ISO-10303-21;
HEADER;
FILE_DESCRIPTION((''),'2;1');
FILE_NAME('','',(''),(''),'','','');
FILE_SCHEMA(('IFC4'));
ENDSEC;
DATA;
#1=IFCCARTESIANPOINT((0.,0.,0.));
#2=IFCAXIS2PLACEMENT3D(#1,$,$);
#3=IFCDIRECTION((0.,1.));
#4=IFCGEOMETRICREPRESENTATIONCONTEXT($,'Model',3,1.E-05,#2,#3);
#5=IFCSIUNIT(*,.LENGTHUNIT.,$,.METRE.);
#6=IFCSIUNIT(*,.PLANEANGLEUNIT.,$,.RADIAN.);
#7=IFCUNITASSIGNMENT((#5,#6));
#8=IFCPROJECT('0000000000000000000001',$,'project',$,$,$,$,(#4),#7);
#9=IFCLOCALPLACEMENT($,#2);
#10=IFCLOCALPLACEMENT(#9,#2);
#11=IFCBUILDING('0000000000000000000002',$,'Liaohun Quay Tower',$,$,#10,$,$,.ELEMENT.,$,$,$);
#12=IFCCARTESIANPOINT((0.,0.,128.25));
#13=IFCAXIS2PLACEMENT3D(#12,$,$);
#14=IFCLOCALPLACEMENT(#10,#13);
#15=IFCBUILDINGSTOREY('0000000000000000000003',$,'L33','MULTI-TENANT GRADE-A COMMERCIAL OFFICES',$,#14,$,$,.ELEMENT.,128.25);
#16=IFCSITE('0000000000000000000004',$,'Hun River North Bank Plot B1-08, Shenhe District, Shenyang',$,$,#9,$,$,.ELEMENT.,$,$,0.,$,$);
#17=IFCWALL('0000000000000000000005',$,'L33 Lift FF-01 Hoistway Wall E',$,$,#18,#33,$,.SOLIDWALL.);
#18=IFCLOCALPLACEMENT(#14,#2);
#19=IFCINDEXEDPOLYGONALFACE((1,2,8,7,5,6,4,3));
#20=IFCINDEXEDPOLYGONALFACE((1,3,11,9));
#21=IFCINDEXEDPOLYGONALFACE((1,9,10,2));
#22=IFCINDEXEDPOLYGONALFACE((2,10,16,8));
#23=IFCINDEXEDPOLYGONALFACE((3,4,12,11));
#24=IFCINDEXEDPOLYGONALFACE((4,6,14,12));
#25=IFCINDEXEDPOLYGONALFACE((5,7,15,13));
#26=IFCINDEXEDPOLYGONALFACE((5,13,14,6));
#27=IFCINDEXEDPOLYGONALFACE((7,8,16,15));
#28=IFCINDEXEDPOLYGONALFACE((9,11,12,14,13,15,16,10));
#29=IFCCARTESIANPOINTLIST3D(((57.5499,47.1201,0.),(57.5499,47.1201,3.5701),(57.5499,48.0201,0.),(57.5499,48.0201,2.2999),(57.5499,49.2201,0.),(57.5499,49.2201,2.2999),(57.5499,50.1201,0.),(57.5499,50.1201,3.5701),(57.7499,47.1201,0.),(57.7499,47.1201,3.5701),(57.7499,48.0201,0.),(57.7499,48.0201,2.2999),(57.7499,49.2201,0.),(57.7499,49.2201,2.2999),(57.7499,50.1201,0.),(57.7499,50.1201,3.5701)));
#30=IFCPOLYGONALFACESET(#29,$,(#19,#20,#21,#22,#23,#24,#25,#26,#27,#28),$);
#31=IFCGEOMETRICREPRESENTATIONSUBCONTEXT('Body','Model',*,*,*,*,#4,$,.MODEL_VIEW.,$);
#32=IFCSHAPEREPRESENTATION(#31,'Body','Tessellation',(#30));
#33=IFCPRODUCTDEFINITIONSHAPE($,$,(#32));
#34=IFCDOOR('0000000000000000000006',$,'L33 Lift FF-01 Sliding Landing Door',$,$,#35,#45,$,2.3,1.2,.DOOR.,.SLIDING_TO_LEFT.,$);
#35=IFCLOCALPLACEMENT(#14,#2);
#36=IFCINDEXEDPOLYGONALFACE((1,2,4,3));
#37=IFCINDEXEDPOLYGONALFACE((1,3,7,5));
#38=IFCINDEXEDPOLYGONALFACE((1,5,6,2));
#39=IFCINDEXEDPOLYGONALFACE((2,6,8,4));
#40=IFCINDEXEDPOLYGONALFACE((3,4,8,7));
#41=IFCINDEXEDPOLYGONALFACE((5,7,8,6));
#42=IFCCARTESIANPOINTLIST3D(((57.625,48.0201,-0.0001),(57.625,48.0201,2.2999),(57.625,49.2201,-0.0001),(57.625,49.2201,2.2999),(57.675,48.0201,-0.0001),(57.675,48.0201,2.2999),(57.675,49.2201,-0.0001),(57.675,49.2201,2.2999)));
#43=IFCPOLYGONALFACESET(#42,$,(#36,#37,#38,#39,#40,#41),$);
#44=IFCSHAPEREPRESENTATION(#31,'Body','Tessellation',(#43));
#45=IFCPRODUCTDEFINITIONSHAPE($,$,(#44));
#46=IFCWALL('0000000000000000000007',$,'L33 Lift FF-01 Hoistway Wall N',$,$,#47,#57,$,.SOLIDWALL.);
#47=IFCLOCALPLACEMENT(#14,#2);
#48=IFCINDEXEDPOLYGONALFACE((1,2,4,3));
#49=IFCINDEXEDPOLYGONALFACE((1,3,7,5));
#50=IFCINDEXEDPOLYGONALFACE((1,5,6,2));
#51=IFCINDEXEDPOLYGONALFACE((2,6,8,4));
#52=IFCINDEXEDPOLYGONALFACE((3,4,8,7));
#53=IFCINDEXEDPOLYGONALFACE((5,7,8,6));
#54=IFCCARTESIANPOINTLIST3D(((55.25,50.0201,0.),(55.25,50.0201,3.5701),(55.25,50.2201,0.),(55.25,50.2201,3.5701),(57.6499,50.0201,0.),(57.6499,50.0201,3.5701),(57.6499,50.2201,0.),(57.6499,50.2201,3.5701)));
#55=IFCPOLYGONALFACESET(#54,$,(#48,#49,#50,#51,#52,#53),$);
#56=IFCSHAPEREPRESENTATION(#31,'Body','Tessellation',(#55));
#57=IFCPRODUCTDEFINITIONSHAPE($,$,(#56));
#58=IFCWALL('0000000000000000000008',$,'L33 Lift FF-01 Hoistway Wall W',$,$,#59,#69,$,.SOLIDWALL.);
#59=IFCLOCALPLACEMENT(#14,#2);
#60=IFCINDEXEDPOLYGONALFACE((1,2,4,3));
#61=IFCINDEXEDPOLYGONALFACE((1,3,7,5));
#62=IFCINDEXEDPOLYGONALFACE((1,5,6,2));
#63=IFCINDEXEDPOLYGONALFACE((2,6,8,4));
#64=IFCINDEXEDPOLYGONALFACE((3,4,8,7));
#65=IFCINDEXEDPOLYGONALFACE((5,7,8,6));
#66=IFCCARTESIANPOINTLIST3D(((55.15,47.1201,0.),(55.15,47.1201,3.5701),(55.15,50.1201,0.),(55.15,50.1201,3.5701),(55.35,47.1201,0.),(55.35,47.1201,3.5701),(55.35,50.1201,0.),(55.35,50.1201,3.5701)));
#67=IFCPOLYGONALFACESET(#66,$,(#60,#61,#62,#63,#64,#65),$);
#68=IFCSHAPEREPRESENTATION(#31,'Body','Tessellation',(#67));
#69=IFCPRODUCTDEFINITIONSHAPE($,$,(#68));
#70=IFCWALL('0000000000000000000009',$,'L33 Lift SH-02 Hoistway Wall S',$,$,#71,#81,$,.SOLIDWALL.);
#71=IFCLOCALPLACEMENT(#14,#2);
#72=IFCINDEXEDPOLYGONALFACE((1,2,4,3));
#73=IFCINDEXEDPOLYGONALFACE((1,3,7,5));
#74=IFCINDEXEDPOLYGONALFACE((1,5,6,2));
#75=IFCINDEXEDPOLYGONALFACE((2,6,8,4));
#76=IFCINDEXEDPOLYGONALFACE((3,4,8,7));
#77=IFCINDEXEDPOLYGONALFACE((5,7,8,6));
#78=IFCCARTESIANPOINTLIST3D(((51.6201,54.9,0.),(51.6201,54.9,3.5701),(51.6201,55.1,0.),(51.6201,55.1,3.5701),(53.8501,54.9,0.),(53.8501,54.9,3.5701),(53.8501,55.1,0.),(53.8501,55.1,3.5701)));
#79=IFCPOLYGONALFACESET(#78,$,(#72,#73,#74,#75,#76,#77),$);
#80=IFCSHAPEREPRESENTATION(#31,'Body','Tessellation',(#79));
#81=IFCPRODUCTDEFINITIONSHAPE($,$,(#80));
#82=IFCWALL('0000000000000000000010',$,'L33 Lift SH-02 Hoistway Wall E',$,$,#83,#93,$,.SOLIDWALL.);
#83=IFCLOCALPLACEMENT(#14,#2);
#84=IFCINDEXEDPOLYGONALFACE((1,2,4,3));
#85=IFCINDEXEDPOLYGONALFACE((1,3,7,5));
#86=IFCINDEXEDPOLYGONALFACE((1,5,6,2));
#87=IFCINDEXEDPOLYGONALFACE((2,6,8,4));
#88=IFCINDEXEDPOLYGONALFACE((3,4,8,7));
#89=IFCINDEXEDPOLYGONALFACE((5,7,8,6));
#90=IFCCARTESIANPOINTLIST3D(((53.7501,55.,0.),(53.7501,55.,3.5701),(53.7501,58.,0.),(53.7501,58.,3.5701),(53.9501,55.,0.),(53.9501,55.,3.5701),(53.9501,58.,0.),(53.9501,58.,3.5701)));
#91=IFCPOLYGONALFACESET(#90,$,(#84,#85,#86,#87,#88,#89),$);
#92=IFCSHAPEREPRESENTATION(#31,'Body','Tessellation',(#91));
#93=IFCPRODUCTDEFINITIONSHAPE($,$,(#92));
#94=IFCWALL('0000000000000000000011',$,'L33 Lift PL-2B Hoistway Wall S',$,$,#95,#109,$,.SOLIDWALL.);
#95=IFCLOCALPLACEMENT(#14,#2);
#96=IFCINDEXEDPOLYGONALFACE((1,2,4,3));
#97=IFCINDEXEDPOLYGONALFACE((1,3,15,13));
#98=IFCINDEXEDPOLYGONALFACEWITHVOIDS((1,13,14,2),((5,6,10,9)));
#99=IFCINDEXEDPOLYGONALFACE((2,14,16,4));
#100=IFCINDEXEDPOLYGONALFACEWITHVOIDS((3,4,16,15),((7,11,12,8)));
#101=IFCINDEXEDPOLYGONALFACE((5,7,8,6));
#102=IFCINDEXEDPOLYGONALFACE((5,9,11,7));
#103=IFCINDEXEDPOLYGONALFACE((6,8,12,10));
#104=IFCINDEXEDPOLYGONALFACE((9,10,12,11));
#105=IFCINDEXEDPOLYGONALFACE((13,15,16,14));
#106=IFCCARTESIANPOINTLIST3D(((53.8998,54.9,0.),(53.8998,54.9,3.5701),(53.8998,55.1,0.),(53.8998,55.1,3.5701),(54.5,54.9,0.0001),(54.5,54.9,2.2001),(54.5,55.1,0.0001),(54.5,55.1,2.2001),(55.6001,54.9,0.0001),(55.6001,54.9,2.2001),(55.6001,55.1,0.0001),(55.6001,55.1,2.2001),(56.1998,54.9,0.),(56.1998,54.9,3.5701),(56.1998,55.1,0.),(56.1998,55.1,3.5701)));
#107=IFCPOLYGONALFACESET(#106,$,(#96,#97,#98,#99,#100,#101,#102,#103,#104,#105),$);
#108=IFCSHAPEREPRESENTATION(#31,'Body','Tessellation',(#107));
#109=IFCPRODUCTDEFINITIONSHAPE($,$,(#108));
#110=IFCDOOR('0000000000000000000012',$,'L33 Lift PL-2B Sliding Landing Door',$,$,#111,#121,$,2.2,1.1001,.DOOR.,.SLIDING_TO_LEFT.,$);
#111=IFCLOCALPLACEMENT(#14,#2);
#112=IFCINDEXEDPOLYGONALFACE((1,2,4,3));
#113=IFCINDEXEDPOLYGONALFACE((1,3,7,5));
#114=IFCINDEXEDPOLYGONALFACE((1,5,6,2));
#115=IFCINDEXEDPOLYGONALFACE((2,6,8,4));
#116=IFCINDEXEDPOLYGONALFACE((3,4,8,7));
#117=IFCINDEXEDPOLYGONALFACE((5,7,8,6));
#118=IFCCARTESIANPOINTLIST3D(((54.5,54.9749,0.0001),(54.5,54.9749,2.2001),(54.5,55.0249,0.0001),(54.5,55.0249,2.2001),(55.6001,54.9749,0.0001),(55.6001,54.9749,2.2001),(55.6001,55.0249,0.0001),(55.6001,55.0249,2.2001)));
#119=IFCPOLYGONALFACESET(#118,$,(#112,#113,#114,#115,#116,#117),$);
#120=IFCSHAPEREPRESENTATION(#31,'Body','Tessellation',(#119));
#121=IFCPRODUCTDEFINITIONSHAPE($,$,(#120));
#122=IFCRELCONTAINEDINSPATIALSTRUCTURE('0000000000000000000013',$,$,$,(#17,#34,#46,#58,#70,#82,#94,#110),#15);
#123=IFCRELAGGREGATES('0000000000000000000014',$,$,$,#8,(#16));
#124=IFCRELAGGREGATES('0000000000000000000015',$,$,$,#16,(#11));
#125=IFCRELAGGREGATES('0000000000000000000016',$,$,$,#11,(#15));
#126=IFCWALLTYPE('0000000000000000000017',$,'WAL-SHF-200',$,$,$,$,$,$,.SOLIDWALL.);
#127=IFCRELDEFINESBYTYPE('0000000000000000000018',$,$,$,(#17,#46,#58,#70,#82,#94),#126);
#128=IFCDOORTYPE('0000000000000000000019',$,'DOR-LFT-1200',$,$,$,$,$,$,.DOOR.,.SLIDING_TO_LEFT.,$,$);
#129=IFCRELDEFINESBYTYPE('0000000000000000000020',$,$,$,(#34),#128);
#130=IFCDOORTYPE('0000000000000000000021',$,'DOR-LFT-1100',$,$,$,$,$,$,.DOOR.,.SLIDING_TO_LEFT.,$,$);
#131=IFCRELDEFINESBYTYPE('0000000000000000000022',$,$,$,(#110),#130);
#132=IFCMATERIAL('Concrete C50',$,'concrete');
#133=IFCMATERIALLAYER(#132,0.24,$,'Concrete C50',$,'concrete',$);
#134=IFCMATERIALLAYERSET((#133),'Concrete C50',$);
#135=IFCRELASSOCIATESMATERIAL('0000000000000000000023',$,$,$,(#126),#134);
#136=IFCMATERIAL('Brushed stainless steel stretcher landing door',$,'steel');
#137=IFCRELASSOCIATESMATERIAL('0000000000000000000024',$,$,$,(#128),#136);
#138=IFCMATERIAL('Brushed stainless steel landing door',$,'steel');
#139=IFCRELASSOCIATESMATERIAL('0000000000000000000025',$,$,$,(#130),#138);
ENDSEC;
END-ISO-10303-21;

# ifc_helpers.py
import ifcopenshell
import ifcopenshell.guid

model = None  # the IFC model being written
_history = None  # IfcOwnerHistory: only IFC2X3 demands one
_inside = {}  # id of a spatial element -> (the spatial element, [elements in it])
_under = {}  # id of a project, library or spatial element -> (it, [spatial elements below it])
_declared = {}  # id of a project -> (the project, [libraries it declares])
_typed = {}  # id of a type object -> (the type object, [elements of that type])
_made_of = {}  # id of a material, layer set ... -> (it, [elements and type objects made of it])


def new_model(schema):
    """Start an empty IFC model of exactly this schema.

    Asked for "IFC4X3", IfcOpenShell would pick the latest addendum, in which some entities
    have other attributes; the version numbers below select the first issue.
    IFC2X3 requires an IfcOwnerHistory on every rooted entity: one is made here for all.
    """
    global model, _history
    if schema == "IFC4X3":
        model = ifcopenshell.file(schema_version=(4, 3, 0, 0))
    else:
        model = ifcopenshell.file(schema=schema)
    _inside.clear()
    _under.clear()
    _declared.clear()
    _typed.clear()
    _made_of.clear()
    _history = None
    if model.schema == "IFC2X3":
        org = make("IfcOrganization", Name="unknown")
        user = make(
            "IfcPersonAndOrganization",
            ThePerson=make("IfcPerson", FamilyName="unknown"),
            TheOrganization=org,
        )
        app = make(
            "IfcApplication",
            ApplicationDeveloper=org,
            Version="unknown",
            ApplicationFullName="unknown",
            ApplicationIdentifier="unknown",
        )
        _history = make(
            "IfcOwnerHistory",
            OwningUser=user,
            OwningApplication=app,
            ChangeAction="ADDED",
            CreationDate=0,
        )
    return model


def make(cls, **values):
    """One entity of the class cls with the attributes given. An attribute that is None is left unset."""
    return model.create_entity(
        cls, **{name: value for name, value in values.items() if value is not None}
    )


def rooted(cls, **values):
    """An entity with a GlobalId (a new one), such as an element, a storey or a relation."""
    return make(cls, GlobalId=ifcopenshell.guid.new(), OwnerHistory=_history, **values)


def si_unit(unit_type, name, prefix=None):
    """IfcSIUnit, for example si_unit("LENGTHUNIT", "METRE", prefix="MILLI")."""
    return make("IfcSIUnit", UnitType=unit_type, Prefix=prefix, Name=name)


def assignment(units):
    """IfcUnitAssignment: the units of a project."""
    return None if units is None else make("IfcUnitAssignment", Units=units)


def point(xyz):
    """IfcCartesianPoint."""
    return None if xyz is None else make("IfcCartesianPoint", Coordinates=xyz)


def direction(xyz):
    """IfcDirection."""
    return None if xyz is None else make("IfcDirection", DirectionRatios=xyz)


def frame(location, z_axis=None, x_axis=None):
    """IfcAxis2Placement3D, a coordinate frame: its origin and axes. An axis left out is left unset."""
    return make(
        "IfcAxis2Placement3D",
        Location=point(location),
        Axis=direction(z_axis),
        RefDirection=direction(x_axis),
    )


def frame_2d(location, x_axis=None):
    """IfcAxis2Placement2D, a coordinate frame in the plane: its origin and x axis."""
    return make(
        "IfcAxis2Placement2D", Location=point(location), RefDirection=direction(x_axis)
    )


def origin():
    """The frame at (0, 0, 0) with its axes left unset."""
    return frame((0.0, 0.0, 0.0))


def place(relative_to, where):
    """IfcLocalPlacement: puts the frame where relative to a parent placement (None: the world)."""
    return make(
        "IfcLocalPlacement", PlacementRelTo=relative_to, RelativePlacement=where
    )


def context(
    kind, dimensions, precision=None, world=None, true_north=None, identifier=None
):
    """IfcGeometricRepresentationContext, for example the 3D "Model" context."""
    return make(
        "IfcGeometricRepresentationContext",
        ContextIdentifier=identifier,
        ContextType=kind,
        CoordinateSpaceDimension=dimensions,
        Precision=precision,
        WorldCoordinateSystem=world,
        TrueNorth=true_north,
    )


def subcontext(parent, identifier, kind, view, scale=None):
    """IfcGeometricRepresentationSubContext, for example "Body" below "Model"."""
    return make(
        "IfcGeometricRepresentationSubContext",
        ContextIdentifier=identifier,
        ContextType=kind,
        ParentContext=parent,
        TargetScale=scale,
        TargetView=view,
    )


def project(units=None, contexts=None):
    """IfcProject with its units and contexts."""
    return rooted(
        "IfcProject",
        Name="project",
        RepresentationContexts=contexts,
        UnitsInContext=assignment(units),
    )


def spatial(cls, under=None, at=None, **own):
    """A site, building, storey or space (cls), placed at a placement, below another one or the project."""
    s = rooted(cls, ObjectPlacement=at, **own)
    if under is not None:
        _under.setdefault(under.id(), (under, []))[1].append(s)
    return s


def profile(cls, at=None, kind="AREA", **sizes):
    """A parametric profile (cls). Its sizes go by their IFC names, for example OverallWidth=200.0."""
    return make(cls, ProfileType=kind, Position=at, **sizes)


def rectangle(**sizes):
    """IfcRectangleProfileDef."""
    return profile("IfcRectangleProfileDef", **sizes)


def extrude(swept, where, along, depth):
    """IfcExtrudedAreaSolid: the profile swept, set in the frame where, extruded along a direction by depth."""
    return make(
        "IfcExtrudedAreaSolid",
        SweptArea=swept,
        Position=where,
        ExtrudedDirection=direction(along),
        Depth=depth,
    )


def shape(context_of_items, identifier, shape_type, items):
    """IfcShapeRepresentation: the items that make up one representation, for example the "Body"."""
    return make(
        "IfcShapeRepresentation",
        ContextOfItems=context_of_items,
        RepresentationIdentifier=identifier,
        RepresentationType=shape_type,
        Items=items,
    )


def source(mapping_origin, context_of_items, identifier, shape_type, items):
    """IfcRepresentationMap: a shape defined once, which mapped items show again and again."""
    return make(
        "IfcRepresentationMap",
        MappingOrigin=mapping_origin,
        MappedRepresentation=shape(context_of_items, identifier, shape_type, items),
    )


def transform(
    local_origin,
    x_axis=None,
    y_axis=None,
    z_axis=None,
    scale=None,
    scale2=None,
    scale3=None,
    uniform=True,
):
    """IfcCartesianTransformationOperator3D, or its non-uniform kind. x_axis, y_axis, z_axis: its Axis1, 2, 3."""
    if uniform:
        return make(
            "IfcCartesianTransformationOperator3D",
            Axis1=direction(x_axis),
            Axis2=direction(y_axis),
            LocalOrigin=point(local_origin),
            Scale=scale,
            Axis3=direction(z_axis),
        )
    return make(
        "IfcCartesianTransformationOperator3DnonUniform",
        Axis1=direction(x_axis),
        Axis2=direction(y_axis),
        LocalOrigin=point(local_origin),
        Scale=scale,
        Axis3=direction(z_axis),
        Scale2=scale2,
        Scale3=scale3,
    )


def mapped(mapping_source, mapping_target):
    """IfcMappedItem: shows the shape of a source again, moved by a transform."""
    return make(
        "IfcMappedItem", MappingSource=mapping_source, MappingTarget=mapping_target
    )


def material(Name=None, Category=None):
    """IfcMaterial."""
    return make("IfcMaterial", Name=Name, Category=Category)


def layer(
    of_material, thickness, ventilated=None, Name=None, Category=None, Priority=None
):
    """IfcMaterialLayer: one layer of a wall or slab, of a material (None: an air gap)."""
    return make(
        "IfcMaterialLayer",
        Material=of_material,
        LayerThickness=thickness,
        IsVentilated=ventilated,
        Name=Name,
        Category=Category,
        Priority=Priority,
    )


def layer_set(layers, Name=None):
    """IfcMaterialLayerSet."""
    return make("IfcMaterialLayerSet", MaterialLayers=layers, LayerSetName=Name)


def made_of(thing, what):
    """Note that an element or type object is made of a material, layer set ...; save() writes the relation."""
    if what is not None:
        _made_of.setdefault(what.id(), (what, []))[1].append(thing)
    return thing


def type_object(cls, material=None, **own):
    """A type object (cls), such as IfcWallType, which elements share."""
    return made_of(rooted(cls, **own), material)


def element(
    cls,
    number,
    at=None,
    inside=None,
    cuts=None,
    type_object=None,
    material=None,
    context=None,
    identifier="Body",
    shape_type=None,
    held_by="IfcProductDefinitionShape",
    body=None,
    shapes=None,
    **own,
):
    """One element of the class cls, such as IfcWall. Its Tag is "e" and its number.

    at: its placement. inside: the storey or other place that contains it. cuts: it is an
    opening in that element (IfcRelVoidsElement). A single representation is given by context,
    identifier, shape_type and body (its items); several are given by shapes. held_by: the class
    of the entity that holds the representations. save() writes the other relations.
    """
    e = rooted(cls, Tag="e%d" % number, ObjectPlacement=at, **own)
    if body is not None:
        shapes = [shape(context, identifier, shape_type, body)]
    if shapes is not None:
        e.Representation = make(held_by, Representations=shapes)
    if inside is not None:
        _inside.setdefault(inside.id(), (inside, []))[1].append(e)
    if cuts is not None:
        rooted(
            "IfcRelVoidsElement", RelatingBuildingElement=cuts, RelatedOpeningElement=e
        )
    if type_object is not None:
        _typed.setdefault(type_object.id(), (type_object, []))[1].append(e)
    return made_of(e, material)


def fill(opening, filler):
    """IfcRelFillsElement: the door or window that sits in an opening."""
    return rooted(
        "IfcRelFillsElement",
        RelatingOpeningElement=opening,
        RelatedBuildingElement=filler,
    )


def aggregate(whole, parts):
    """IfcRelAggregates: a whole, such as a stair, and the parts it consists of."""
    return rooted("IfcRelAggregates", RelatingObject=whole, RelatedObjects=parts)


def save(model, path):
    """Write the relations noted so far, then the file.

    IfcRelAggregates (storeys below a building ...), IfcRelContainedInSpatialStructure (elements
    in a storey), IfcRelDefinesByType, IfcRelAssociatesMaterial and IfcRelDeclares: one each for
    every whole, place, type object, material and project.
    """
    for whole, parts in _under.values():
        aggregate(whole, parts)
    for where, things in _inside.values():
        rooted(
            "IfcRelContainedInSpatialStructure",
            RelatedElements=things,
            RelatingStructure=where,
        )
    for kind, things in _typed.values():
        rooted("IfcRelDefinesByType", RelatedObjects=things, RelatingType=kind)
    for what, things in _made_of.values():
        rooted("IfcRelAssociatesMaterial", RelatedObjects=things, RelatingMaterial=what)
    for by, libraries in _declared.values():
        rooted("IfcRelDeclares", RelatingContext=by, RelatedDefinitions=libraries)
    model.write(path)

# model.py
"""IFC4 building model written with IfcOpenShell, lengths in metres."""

from ifc_helpers import new_model, si_unit, direction, frame, frame_2d, origin, place, context, subcontext, project, spatial, rectangle, extrude, source, transform, mapped, material, layer, layer_set, type_object, element, fill, save


model = new_model("IFC4")

# Units and contexts
model_context = context("Model", 3, precision=1e-05, world=origin(), true_north=direction((0.0, 1.0)))
body_context = subcontext(model_context, "Body", "Model", "MODEL_VIEW")
ifc_project = project(units=[si_unit("LENGTHUNIT", "METRE"), si_unit("PLANEANGLEUNIT", "RADIAN")], contexts=[model_context])

# Site, building, storey
site_placement = place(None, origin())
site = spatial("IfcSite", under=ifc_project, at=site_placement, Name="Hun River North Bank Plot B1-08, Shenhe District, Shenyang", CompositionType="ELEMENT", RefElevation=0.0)
building_placement = place(site_placement, origin())
building = spatial("IfcBuilding", under=site, at=building_placement, Name="Liaohun Quay Tower", CompositionType="ELEMENT")
storey_placement = place(building_placement, frame((0.0, 0.0, 128.25)))
storey = spatial("IfcBuildingStorey", under=building, at=storey_placement, Name="L33", Description="MULTI-TENANT GRADE-A COMMERCIAL OFFICES", CompositionType="ELEMENT", Elevation=128.25)

# Shared definitions
ifc_material_1 = material(Name="Concrete C50", Category="concrete")
ifc_layer_1 = layer(ifc_material_1, 0.24, Name="Concrete C50", Category="concrete")
ifc_layer_set_1 = layer_set([ifc_layer_1], Name="Concrete C50")
wall_type_1 = type_object("IfcWallType", Name="WAL-SHF-200", PredefinedType="SOLIDWALL", material=ifc_layer_set_1)

# Wall, opening, door
wall_1_placement = place(storey_placement, frame((57.6499, 47.1201, 0.0), z_axis=(0.0, 0.0, 1.0), x_axis=(0.0, 1.0, 0.0)))
wall_1 = element("IfcWall", 1, at=wall_1_placement, inside=storey, type_object=wall_type_1, Name="L33 Lift FF-01 Hoistway Wall E", PredefinedType="SOLIDWALL", context=body_context, shape_type="SweptSolid", body=[
    extrude(rectangle(XDim=3.0, YDim=0.2, at=frame_2d((1.5, 0.0))), origin(), (0.0, 0.0, 1.0), 3.5701),
])
shared_shape_1 = source(origin(), body_context, "Body", "SweptSolid", [
    extrude(rectangle(XDim=1.2, YDim=2.3, at=frame_2d((0.6001, 1.1499))), frame((0.0, 0.1099, 0.0), z_axis=(0.0, -1.0, 0.0), x_axis=(1.0, 0.0, 0.0)), (0.0, 0.0, 1.0), 0.22),
])
opening_1_placement = place(wall_1_placement, frame((0.8999, 0.0, 0.0)))
opening_1 = element("IfcOpeningElement", 2, at=opening_1_placement, cuts=wall_1, PredefinedType="OPENING", context=body_context, shape_type="MappedRepresentation", body=[
    mapped(shared_shape_1, transform((0.0, 0.0, 0.0), x_axis=(1.0, 0.0, 0.0), y_axis=(0.0, 1.0, 0.0), z_axis=(0.0, 0.0, 1.0), scale=1.0)),
])
ifc_material_2 = material(Name="Brushed stainless steel stretcher landing door", Category="steel")
door_type_1 = type_object("IfcDoorType", Name="DOR-LFT-1200", OperationType="SLIDING_TO_LEFT", PredefinedType="DOOR", material=ifc_material_2)
shared_shape_2 = source(origin(), body_context, "Body", "SweptSolid", [
    extrude(rectangle(XDim=1.2, YDim=2.3, at=frame_2d((0.6001, 1.1499))), frame((0.0, 0.0249, 0.0), z_axis=(0.0, -1.0, 0.0), x_axis=(1.0, 0.0, 0.0)), (0.0, 0.0, 1.0), 0.05),
])
door_1_placement = place(opening_1_placement, origin())
door_1 = element("IfcDoor", 3, at=door_1_placement, inside=storey, type_object=door_type_1, Name="L33 Lift FF-01 Sliding Landing Door", OperationType="SLIDING_TO_LEFT", OverallHeight=2.3, OverallWidth=1.2, PredefinedType="DOOR", context=body_context, shape_type="MappedRepresentation", body=[
    mapped(shared_shape_2, transform((0.0, 0.0, 0.0), x_axis=(1.0, 0.0, 0.0), y_axis=(0.0, 1.0, 0.0), z_axis=(0.0, 0.0, 1.0), scale=1.0)),
])
fill(opening_1, door_1)

# Walls
wall_2_placement = place(storey_placement, frame((57.6499, 50.1201, 0.0), z_axis=(0.0, 0.0, 1.0), x_axis=(-1.0, 0.0, 0.0)))
element("IfcWall", 4, at=wall_2_placement, inside=storey, type_object=wall_type_1, Name="L33 Lift FF-01 Hoistway Wall N", PredefinedType="SOLIDWALL", context=body_context, shape_type="SweptSolid", body=[
    extrude(rectangle(XDim=2.3999, YDim=0.2, at=frame_2d((1.2, 0.0))), origin(), (0.0, 0.0, 1.0), 3.5701),
])
wall_3_placement = place(storey_placement, frame((55.25, 50.1201, 0.0), z_axis=(0.0, 0.0, 1.0), x_axis=(0.0, -1.0, 0.0)))
element("IfcWall", 5, at=wall_3_placement, inside=storey, type_object=wall_type_1, Name="L33 Lift FF-01 Hoistway Wall W", PredefinedType="SOLIDWALL", context=body_context, shape_type="SweptSolid", body=[
    extrude(rectangle(XDim=3.0, YDim=0.2, at=frame_2d((1.5, 0.0))), origin(), (0.0, 0.0, 1.0), 3.5701),
])
wall_4_placement = place(storey_placement, frame((51.6201, 55.0, 0.0), z_axis=(0.0, 0.0, 1.0), x_axis=(1.0, 0.0, 0.0)))
element("IfcWall", 6, at=wall_4_placement, inside=storey, type_object=wall_type_1, Name="L33 Lift SH-02 Hoistway Wall S", PredefinedType="SOLIDWALL", context=body_context, shape_type="SweptSolid", body=[
    extrude(rectangle(XDim=2.23, YDim=0.2, at=frame_2d((1.115, 0.0))), origin(), (0.0, 0.0, 1.0), 3.5701),
])
wall_5_placement = place(storey_placement, frame((53.8501, 55.0, 0.0), z_axis=(0.0, 0.0, 1.0), x_axis=(0.0, 1.0, 0.0)))
element("IfcWall", 7, at=wall_5_placement, inside=storey, type_object=wall_type_1, Name="L33 Lift SH-02 Hoistway Wall E", PredefinedType="SOLIDWALL", context=body_context, shape_type="SweptSolid", body=[
    extrude(rectangle(XDim=3.0, YDim=0.2, at=frame_2d((1.5, 0.0))), origin(), (0.0, 0.0, 1.0), 3.5701),
])

# Wall, opening, door
wall_6_placement = place(storey_placement, frame((53.8999, 55.0, 0.0), z_axis=(0.0, 0.0, 1.0), x_axis=(1.0, 0.0, 0.0)))
wall_6 = element("IfcWall", 8, at=wall_6_placement, inside=storey, type_object=wall_type_1, Name="L33 Lift PL-2B Hoistway Wall S", PredefinedType="SOLIDWALL", context=body_context, shape_type="SweptSolid", body=[
    extrude(rectangle(XDim=2.3, YDim=0.2, at=frame_2d((1.1499, 0.0))), origin(), (0.0, 0.0, 1.0), 3.5701),
])
shared_shape_3 = source(origin(), body_context, "Body", "SweptSolid", [
    extrude(rectangle(XDim=1.1001, YDim=2.2, at=frame_2d((0.55, 1.1001))), frame((0.0, 0.1099, 0.0), z_axis=(0.0, -1.0, 0.0), x_axis=(1.0, 0.0, 0.0)), (0.0, 0.0, 1.0), 0.22),
])
opening_2_placement = place(wall_6_placement, frame((0.6001, 0.0, 0.0)))
opening_2 = element("IfcOpeningElement", 9, at=opening_2_placement, cuts=wall_6, PredefinedType="OPENING", context=body_context, shape_type="MappedRepresentation", body=[
    mapped(shared_shape_3, transform((0.0, 0.0, 0.0), x_axis=(1.0, 0.0, 0.0), y_axis=(0.0, 1.0, 0.0), z_axis=(0.0, 0.0, 1.0), scale=1.0)),
])
ifc_material_3 = material(Name="Brushed stainless steel landing door", Category="steel")
door_type_2 = type_object("IfcDoorType", Name="DOR-LFT-1100", OperationType="SLIDING_TO_LEFT", PredefinedType="DOOR", material=ifc_material_3)
shared_shape_4 = source(origin(), body_context, "Body", "SweptSolid", [
    extrude(rectangle(XDim=1.1001, YDim=2.2, at=frame_2d((0.55, 1.1001))), frame((0.0, 0.0249, 0.0), z_axis=(0.0, -1.0, 0.0), x_axis=(1.0, 0.0, 0.0)), (0.0, 0.0, 1.0), 0.05),
])
door_2_placement = place(opening_2_placement, origin())
door_2 = element("IfcDoor", 10, at=door_2_placement, inside=storey, type_object=door_type_2, Name="L33 Lift PL-2B Sliding Landing Door", OperationType="SLIDING_TO_LEFT", OverallHeight=2.2, OverallWidth=1.1001, PredefinedType="DOOR", context=body_context, shape_type="MappedRepresentation", body=[
    mapped(shared_shape_4, transform((0.0, 0.0, 0.0), x_axis=(1.0, 0.0, 0.0), y_axis=(0.0, 1.0, 0.0), z_axis=(0.0, 0.0, 1.0), scale=1.0)),
])
fill(opening_2, door_2)

save(model, "model.ifc")
